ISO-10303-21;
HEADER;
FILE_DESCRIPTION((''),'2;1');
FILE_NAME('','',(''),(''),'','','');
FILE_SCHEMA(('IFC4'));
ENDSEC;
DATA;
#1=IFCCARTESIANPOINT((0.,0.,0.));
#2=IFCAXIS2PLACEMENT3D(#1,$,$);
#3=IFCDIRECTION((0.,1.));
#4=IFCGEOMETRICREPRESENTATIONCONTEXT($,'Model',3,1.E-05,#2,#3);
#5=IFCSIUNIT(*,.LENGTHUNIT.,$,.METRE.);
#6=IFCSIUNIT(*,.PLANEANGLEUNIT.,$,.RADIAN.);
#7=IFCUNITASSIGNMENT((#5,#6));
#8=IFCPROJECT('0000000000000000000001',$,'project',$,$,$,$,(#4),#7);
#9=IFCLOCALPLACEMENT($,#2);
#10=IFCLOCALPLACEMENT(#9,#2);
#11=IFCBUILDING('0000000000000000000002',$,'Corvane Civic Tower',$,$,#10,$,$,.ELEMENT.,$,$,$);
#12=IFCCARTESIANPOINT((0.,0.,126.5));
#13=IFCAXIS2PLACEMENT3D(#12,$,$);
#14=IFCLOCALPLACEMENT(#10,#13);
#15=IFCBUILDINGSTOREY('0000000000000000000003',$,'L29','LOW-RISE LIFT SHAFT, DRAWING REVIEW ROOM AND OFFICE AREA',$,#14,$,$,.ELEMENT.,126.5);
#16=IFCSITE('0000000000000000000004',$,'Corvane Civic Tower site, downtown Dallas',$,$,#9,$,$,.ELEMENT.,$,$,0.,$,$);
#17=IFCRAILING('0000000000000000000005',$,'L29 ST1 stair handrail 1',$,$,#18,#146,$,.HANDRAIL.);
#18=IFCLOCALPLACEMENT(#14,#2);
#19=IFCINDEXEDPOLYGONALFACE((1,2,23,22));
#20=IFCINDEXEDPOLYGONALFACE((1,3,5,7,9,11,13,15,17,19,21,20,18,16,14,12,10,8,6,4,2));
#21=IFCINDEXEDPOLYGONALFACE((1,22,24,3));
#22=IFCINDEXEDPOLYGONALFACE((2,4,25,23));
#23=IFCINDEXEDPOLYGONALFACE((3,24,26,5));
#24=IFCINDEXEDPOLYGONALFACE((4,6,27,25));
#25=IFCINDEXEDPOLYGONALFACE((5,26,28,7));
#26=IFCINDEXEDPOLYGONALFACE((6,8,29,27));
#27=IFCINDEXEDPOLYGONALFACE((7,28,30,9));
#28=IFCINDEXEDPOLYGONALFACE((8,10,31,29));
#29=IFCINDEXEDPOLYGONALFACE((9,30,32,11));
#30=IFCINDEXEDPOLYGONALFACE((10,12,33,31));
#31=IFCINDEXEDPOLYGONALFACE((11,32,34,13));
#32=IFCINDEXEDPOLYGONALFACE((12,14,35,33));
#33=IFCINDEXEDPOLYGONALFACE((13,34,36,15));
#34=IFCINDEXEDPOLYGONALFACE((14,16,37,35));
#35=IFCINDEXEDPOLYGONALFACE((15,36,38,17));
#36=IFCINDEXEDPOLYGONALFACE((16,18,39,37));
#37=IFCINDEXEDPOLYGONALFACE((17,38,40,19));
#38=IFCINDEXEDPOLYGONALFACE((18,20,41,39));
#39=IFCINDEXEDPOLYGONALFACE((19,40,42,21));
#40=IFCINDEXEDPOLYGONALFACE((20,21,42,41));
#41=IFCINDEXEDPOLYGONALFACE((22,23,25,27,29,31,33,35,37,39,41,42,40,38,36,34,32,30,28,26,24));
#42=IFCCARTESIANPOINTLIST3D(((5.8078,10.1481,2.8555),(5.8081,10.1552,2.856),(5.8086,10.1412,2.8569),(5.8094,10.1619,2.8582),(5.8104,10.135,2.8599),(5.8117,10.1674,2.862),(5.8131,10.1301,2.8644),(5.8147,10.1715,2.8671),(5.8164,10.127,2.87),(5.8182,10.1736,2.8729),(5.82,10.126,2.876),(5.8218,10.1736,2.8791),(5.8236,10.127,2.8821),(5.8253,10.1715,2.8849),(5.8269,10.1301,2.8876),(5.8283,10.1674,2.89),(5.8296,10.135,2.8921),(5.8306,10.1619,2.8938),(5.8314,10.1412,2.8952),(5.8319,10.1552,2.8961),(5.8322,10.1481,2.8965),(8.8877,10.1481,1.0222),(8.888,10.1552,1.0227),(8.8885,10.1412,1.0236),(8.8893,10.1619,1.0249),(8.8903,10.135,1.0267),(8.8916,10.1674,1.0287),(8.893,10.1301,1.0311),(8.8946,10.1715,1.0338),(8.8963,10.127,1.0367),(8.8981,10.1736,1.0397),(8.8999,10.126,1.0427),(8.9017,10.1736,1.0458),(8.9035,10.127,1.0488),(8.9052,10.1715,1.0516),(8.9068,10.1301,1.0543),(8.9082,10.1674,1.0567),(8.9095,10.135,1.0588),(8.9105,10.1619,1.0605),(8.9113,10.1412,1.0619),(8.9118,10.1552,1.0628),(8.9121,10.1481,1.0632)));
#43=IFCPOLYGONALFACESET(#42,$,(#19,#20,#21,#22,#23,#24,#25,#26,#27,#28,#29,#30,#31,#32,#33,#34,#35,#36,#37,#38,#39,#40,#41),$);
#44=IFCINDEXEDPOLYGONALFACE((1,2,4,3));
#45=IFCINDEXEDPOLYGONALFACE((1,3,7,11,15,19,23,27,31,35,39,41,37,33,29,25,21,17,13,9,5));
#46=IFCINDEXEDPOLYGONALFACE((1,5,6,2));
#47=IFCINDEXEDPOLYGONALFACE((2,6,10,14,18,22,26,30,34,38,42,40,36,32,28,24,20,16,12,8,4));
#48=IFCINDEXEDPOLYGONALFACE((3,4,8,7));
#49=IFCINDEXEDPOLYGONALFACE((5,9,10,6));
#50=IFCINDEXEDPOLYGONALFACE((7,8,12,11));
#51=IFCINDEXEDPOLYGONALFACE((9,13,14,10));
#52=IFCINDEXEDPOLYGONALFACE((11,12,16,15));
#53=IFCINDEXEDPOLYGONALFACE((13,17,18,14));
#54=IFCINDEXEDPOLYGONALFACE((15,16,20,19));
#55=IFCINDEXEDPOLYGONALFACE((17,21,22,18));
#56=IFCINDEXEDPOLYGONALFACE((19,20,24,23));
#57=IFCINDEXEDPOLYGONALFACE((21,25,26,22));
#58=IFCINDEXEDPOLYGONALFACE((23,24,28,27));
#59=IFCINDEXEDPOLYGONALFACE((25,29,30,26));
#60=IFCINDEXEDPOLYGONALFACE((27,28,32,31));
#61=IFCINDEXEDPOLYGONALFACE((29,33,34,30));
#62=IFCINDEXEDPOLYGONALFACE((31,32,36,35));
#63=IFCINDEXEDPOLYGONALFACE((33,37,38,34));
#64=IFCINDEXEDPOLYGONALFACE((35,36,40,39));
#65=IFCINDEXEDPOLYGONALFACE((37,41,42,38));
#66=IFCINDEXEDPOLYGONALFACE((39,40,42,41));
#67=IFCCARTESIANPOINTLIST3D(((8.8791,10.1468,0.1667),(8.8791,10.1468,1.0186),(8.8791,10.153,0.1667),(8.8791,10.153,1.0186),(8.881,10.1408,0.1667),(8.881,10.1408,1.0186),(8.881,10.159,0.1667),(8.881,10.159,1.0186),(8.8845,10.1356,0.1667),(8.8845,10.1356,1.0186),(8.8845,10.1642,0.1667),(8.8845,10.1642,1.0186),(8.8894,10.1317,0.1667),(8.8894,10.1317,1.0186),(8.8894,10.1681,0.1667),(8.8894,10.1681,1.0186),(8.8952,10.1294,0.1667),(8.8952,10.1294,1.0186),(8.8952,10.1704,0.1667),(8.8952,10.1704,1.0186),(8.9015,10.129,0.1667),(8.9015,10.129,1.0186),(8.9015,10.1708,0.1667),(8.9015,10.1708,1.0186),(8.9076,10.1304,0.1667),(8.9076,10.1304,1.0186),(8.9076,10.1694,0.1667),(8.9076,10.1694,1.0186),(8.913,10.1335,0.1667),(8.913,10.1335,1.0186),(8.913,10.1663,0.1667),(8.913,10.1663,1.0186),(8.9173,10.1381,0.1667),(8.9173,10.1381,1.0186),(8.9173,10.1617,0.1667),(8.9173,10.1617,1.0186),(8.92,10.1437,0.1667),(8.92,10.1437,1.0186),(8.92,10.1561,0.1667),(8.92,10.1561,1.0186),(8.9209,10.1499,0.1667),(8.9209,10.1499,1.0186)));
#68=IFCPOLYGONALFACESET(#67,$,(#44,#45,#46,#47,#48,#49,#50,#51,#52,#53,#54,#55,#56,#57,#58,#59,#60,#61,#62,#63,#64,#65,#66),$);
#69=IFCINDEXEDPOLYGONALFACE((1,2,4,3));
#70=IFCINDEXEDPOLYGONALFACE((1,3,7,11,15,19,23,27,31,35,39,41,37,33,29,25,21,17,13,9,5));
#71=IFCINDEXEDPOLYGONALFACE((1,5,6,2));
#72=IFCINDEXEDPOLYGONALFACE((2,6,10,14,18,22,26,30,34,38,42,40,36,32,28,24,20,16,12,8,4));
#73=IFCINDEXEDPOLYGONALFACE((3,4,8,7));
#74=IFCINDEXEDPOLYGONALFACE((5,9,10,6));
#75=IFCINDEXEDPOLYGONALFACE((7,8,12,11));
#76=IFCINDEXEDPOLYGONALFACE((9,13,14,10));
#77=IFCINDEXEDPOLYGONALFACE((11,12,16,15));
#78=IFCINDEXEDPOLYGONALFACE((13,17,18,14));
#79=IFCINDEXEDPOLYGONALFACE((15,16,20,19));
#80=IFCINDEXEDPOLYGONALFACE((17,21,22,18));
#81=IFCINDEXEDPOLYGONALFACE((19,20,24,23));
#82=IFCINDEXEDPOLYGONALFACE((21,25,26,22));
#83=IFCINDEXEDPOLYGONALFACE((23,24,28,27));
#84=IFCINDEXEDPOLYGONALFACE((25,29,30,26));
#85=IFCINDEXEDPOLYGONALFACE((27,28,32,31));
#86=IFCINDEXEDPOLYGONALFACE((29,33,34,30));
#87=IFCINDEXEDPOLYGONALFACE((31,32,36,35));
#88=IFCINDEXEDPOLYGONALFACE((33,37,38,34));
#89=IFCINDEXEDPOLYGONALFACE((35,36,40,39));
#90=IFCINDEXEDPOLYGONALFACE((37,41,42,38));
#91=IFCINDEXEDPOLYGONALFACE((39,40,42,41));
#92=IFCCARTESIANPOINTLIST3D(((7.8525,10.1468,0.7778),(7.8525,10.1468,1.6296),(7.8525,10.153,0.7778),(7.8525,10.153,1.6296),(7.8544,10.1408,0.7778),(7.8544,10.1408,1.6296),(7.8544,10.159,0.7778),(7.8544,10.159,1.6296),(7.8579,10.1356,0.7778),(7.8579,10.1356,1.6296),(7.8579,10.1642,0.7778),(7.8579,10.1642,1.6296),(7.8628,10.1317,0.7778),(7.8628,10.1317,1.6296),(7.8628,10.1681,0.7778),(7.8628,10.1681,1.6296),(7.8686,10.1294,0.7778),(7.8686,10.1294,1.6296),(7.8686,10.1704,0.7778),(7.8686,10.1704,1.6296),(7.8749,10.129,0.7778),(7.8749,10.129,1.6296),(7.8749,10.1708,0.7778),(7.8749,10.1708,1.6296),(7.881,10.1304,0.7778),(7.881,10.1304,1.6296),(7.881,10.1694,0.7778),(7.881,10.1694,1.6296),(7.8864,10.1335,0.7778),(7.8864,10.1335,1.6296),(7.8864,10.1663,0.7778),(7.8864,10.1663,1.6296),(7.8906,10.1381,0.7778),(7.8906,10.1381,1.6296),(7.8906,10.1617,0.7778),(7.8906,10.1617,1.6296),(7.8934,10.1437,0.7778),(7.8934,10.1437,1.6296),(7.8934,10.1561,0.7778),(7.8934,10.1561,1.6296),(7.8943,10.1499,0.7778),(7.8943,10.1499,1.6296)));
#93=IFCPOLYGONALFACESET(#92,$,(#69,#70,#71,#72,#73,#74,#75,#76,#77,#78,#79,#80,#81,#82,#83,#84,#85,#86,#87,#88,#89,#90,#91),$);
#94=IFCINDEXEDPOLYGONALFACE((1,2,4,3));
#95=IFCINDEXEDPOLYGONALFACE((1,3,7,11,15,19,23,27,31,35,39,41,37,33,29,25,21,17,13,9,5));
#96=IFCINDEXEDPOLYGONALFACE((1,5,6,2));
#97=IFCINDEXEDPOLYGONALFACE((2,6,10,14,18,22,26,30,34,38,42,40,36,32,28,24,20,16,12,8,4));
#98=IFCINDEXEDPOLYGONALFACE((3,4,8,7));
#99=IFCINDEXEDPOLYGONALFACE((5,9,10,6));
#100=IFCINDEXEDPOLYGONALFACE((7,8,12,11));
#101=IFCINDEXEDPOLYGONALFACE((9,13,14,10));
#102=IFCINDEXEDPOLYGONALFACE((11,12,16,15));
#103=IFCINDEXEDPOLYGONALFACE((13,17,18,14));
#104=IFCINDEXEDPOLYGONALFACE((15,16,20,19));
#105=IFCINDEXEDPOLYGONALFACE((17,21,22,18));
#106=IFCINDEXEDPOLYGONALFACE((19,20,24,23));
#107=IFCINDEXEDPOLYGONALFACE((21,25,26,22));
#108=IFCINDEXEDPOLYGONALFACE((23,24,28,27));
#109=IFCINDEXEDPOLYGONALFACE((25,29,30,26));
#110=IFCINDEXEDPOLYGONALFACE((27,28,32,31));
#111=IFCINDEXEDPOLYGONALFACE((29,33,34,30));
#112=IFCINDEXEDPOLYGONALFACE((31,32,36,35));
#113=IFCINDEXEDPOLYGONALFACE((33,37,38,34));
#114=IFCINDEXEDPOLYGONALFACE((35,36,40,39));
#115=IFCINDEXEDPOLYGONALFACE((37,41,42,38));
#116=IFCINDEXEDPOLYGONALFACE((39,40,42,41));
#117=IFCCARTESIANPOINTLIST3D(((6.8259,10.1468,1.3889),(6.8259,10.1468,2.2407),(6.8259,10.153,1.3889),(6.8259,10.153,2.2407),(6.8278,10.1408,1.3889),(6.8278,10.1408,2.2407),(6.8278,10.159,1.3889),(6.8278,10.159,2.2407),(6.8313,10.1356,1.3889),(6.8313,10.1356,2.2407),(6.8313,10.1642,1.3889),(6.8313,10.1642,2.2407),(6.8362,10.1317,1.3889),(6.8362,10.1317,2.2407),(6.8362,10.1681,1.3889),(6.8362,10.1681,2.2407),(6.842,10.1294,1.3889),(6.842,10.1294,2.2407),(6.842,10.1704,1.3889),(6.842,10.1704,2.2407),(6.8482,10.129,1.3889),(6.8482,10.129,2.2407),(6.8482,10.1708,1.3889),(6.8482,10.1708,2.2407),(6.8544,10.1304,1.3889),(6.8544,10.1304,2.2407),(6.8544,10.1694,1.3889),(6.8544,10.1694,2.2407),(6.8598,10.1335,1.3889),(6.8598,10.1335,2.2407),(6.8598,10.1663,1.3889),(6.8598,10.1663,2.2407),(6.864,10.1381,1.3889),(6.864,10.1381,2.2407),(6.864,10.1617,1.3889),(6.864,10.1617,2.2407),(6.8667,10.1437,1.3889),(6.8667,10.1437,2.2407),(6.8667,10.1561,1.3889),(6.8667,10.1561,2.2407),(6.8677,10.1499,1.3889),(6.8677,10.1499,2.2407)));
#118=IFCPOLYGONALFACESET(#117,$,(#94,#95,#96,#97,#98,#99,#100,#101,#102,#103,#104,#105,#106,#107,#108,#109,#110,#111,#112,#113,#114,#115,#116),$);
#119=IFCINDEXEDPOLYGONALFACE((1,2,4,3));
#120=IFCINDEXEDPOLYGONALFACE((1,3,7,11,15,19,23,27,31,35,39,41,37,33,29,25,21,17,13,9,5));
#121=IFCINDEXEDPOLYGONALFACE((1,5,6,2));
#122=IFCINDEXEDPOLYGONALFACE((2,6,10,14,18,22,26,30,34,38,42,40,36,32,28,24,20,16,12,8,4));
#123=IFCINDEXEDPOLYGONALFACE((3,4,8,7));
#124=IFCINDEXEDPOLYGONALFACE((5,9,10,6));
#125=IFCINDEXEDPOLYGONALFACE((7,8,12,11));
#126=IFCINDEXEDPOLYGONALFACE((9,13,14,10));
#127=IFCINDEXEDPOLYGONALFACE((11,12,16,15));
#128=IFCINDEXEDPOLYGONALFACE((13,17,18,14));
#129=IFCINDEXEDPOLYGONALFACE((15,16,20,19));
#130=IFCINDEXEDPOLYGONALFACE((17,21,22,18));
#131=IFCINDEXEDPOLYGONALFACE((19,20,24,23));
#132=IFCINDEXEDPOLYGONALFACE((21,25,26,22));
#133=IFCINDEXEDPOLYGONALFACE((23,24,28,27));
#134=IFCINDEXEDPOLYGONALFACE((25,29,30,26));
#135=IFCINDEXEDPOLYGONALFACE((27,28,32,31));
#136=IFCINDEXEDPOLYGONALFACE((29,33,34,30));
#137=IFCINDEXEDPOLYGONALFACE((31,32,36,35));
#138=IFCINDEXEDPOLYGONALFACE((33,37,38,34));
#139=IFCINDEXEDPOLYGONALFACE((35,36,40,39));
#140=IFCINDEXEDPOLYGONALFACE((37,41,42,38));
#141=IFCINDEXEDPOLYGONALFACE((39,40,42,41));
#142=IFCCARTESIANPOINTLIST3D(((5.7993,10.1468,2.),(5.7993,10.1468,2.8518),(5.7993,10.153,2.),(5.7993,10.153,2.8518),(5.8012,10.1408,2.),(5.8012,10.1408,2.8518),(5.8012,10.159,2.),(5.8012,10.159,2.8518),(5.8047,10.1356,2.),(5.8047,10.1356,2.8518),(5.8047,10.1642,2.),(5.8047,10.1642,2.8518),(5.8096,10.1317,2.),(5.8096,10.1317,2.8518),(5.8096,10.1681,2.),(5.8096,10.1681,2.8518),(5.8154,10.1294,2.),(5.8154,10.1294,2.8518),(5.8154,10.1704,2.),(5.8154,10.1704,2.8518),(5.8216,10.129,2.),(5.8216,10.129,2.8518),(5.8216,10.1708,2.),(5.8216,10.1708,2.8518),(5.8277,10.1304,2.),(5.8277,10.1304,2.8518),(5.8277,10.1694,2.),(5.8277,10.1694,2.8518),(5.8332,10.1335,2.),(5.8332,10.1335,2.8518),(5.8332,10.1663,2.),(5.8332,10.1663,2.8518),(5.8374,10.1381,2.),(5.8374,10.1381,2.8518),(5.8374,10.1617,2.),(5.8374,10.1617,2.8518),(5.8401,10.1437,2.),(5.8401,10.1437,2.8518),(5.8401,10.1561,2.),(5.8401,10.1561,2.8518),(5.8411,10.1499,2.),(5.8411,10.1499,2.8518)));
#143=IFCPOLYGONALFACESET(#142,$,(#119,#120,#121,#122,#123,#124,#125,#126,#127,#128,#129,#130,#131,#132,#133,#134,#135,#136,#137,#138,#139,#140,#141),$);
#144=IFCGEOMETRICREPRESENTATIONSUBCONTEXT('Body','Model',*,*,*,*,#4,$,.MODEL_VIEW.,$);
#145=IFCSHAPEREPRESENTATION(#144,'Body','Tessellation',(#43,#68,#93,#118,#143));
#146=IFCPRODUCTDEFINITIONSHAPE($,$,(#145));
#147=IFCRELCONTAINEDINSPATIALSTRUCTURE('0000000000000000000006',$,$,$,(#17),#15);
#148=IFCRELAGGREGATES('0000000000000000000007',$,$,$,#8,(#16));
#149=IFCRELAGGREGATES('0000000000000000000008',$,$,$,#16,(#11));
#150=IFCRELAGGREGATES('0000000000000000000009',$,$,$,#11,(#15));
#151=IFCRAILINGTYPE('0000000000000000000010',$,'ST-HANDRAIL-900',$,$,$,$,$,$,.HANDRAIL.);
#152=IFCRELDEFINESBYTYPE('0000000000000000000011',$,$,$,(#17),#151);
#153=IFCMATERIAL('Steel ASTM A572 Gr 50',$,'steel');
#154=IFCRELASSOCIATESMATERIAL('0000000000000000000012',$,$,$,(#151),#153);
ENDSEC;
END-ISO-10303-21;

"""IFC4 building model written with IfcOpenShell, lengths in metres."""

from ifc_helpers import new_model, si_unit, direction, frame, origin, origin_2d, place, context, subcontext, project, spatial, circle, extrude, material, type_object, element, save


model = new_model("IFC4")

# Units and contexts
model_context = context("Model", 3, precision=1e-05, world=origin(), true_north=direction((0.0, 1.0)))
body_context = subcontext(model_context, "Body", "Model", "MODEL_VIEW")
ifc_project = project(units=[si_unit("LENGTHUNIT", "METRE"), si_unit("PLANEANGLEUNIT", "RADIAN")], contexts=[model_context])

# Site, building, storey
site_placement = place(None, origin())
site = spatial("IfcSite", under=ifc_project, at=site_placement, Name="Corvane Civic Tower site, downtown Dallas", CompositionType="ELEMENT", RefElevation=0.0)
building_placement = place(site_placement, origin())
building = spatial("IfcBuilding", under=site, at=building_placement, Name="Corvane Civic Tower", CompositionType="ELEMENT")
storey_placement = place(building_placement, frame((0.0, 0.0, 126.5)))
storey = spatial("IfcBuildingStorey", under=building, at=storey_placement, Name="L29", Description="LOW-RISE LIFT SHAFT, DRAWING REVIEW ROOM AND OFFICE AREA", CompositionType="ELEMENT", Elevation=126.5)

# Railing
ifc_material_1 = material(Name="Steel ASTM A572 Gr 50", Category="steel")
railing_type_1 = type_object("IfcRailingType", Name="ST-HANDRAIL-900", PredefinedType="HANDRAIL", material=ifc_material_1)
railing_1_placement = place(storey_placement, frame((8.8999, 10.1499, 0.1667)))
element("IfcRailing", 1, at=railing_1_placement, inside=storey, type_object=railing_type_1, Name="L29 ST1 stair handrail 1", PredefinedType="HANDRAIL", context=body_context, shape_type="SweptSolid", body=[
    extrude(circle(Radius=0.0239, at=origin_2d()), frame((0.0, 0.0, 0.876), z_axis=(-0.859291, 0.0, 0.511487), x_axis=(0.0, -1.0, 0.0)), (0.0, 0.0, 1.0), 3.5842),
    extrude(circle(Radius=0.021, at=origin_2d()), origin(), (0.0, 0.0, 1.0), 0.8518),
    extrude(circle(Radius=0.021, at=origin_2d()), frame((-1.0266, 0.0, 0.6111)), (0.0, 0.0, 1.0), 0.8518),
    extrude(circle(Radius=0.021, at=origin_2d()), frame((-2.0532, 0.0, 1.2222)), (0.0, 0.0, 1.0), 0.8518),
    extrude(circle(Radius=0.021, at=origin_2d()), frame((-3.0798, 0.0, 1.8333)), (0.0, 0.0, 1.0), 0.8518),
])

save(model, "model.ifc")
